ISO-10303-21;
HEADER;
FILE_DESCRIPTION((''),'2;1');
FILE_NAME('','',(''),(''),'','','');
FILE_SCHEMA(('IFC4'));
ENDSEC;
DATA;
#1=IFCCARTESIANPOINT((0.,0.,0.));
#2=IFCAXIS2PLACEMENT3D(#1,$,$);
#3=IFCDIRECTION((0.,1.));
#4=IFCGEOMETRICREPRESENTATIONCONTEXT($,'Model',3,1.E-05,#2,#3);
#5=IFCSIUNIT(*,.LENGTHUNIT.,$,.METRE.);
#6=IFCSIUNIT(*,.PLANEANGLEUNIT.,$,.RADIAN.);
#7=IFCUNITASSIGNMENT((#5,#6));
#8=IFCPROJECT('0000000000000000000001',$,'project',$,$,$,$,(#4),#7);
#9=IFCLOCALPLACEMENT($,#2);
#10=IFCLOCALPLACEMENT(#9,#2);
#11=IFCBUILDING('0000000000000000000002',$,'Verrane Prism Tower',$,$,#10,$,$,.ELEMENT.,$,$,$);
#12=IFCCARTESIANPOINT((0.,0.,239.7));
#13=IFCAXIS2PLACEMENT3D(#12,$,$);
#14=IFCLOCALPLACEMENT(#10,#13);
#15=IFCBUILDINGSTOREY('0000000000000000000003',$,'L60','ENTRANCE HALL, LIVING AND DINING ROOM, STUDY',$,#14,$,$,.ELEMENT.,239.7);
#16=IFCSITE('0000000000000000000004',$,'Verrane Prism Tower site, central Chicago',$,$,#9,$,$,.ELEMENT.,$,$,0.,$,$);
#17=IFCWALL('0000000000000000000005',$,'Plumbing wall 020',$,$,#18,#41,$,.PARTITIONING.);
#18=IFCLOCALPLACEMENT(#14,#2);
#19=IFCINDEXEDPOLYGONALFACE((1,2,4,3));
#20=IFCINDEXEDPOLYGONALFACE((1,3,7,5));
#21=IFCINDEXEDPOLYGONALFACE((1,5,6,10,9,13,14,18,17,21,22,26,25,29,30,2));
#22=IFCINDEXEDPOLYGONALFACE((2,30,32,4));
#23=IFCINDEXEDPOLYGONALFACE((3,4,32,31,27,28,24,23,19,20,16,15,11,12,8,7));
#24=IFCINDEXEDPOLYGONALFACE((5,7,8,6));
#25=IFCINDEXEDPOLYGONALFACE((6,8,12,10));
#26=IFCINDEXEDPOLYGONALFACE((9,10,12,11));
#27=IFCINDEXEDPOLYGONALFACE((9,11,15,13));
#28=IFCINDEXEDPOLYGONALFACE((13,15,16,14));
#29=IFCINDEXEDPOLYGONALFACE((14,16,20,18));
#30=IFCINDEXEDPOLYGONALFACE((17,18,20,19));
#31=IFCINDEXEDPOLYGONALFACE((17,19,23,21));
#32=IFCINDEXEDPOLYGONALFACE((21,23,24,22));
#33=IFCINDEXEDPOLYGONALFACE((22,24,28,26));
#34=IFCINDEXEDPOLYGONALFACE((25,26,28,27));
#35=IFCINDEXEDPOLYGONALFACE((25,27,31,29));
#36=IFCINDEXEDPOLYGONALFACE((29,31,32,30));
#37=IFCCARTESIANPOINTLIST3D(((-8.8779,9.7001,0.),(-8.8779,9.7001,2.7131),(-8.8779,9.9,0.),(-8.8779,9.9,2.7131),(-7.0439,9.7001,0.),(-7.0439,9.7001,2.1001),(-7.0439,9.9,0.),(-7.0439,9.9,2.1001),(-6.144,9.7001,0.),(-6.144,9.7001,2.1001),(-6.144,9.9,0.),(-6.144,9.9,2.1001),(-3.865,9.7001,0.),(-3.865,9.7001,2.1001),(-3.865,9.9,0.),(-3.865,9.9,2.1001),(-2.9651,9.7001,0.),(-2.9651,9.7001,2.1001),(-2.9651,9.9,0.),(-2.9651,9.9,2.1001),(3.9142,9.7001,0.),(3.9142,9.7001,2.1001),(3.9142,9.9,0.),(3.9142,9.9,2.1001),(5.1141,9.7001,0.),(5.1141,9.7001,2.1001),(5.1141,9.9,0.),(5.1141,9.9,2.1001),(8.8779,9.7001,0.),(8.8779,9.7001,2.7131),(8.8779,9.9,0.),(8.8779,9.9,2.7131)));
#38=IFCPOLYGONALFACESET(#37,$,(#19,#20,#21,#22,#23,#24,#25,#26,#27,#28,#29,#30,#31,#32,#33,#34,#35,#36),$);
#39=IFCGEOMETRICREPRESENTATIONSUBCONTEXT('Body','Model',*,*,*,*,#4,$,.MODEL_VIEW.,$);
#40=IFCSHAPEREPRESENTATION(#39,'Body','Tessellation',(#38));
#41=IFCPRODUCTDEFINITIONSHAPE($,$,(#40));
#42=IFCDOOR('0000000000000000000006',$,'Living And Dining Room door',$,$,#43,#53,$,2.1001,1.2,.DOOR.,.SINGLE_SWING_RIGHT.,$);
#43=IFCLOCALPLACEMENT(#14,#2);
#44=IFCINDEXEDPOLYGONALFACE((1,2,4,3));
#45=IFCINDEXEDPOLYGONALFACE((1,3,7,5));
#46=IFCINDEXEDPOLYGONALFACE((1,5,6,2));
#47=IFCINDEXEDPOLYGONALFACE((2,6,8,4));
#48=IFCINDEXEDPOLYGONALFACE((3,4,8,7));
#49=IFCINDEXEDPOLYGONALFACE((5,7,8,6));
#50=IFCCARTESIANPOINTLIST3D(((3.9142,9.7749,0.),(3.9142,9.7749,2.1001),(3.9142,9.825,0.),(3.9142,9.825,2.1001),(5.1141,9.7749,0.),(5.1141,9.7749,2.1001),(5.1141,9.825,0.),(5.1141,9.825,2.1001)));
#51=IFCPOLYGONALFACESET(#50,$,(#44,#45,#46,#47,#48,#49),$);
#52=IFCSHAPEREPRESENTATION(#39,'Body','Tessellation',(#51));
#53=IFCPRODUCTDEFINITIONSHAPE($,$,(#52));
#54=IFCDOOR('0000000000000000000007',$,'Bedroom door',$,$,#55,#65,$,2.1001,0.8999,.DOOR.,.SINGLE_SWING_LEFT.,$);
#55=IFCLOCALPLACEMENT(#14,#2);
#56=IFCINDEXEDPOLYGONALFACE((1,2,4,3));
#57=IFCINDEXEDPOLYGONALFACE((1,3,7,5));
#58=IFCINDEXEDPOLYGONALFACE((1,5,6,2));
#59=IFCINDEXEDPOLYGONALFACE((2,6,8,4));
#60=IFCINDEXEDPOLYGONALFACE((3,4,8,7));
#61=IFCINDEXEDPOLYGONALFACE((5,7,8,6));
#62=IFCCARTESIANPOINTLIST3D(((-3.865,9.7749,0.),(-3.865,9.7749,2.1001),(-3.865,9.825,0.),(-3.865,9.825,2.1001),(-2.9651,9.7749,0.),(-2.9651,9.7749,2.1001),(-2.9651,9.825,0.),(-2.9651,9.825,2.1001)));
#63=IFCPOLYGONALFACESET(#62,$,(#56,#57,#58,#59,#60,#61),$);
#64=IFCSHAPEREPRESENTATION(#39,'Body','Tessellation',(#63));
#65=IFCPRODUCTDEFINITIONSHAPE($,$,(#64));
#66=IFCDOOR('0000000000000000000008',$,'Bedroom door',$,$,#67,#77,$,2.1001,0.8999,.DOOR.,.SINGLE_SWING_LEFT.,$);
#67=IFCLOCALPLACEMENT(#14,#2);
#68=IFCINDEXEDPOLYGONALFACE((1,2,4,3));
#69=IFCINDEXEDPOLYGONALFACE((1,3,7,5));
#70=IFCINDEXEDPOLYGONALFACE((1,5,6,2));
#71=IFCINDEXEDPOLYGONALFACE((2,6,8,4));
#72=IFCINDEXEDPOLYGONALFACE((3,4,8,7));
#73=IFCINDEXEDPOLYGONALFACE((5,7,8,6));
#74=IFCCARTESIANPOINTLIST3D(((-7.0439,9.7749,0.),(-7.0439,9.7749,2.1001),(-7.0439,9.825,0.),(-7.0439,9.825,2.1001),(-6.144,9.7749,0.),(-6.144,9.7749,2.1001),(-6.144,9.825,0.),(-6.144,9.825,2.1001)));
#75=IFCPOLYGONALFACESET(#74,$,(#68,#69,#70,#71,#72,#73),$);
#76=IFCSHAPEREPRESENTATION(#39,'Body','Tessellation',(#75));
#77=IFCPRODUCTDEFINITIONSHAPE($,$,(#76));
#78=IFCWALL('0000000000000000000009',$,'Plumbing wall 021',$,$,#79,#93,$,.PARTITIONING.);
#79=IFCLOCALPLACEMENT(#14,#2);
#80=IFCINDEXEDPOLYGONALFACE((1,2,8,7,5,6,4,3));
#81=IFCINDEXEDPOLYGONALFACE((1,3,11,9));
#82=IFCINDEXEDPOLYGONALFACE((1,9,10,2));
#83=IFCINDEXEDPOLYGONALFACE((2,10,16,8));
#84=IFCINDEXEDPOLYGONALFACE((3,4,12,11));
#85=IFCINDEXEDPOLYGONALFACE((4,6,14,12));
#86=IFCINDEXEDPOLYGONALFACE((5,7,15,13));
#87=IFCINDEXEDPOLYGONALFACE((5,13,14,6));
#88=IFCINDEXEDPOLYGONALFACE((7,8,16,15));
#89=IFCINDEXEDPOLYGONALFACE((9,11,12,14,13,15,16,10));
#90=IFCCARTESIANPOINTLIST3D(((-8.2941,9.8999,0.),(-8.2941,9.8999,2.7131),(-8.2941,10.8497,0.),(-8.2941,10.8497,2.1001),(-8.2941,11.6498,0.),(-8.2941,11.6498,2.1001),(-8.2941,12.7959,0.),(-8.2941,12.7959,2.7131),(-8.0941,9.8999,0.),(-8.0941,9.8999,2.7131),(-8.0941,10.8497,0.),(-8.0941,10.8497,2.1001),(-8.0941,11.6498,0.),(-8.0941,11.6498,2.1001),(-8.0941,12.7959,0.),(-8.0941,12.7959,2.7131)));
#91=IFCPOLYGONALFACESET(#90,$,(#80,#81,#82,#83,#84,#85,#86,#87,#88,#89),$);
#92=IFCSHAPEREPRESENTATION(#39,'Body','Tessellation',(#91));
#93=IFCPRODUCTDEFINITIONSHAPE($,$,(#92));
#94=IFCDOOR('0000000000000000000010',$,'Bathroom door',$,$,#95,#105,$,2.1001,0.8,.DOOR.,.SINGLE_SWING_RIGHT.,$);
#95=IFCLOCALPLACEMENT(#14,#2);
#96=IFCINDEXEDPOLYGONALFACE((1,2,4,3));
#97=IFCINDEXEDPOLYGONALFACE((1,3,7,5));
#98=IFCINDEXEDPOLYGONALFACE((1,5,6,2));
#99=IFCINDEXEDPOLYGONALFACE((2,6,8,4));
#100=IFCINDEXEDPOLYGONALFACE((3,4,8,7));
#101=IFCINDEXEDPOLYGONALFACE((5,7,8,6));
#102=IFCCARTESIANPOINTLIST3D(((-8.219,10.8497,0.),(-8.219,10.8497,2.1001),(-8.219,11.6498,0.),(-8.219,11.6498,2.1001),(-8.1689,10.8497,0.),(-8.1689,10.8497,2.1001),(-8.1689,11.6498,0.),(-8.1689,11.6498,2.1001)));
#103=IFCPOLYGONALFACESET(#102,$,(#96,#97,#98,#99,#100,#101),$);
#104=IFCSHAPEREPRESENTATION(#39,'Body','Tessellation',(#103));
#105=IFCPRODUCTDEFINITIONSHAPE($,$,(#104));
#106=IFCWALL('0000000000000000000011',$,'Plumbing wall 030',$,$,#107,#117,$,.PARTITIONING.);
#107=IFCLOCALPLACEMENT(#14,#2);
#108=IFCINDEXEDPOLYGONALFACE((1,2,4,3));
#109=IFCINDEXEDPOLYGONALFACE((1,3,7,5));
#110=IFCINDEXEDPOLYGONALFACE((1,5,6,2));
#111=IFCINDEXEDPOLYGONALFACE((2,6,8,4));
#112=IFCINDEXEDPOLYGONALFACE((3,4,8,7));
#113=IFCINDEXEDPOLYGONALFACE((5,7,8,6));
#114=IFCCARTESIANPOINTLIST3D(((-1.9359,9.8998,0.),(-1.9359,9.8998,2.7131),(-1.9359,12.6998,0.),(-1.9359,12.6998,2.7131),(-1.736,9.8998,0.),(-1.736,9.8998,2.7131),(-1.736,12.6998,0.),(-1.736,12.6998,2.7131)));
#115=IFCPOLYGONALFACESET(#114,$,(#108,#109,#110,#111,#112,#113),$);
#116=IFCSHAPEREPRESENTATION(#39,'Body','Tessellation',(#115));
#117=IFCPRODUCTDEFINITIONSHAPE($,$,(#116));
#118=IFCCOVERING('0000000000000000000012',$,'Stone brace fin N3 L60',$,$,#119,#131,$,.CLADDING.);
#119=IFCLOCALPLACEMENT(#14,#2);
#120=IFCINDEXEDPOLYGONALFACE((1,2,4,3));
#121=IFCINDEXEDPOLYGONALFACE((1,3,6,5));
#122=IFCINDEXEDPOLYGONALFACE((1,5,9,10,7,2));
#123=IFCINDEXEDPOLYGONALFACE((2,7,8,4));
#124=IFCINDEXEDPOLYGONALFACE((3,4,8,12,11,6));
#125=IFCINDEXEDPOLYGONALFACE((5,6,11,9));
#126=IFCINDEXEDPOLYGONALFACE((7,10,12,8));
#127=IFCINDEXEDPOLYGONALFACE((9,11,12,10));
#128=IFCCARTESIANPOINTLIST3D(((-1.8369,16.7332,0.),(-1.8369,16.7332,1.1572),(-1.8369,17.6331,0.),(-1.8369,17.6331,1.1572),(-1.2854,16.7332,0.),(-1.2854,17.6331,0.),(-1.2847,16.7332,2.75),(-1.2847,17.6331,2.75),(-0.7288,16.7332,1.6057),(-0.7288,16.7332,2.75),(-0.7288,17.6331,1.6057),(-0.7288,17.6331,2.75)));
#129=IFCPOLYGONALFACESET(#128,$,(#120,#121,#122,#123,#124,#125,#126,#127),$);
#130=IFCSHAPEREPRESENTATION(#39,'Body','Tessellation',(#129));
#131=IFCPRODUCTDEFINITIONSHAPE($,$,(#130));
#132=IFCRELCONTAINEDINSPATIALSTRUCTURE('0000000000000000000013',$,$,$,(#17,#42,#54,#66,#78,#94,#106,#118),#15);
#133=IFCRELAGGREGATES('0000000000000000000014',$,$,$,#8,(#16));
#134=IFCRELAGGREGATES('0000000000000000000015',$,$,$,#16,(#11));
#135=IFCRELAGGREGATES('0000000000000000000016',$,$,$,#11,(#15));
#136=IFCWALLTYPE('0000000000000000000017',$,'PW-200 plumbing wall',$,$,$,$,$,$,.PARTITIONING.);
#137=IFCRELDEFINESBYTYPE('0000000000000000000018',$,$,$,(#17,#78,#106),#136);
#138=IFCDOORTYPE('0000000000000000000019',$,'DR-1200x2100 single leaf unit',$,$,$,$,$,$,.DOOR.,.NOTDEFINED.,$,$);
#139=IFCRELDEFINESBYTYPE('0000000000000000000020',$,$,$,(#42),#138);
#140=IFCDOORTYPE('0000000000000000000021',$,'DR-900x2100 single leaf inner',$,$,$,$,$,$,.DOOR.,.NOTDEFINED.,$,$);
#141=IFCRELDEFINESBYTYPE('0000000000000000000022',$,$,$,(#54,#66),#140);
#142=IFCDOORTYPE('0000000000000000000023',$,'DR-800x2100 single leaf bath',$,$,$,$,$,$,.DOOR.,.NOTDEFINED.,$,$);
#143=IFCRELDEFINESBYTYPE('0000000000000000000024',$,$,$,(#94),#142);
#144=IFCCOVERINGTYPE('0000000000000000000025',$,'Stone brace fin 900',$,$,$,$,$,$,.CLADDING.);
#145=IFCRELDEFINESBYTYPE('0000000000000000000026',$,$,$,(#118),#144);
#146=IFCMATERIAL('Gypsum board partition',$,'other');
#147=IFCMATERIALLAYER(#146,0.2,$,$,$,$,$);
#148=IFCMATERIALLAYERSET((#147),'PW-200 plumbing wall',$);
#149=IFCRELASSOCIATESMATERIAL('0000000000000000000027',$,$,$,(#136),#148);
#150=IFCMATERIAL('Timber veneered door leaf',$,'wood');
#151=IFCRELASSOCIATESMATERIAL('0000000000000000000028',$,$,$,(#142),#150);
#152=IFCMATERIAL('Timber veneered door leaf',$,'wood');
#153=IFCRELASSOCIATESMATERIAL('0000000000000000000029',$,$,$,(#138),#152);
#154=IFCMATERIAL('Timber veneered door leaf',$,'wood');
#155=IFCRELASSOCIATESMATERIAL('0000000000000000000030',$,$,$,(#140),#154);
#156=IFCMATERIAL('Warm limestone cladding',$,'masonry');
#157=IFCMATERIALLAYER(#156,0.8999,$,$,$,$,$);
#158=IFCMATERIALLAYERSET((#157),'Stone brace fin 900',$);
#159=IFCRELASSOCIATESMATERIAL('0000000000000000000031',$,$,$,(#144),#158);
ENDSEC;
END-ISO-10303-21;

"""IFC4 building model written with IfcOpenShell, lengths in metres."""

from ifc_helpers import new_model, si_unit, direction, frame, frame_2d, origin, place, context, subcontext, project, spatial, polyline, rectangle, outline, extrude, material, layer, layer_set, type_object, element, fill, save


model = new_model("IFC4")

# Units and contexts
model_context = context("Model", 3, precision=1e-05, world=origin(), true_north=direction((0.0, 1.0)))
body_context = subcontext(model_context, "Body", "Model", "MODEL_VIEW")
ifc_project = project(units=[si_unit("LENGTHUNIT", "METRE"), si_unit("PLANEANGLEUNIT", "RADIAN")], contexts=[model_context])

# Site, building, storey
site_placement = place(None, origin())
site = spatial("IfcSite", under=ifc_project, at=site_placement, Name="Verrane Prism Tower site, central Chicago", CompositionType="ELEMENT", RefElevation=0.0)
building_placement = place(site_placement, origin())
building = spatial("IfcBuilding", under=site, at=building_placement, Name="Verrane Prism Tower", CompositionType="ELEMENT")
storey_placement = place(building_placement, frame((0.0, 0.0, 239.7)))
storey = spatial("IfcBuildingStorey", under=building, at=storey_placement, Name="L60", Description="ENTRANCE HALL, LIVING AND DINING ROOM, STUDY", CompositionType="ELEMENT", Elevation=239.7)

# Shared definitions
ifc_material_1 = material(Name="Gypsum board partition", Category="other")
ifc_layer_1 = layer(ifc_material_1, 0.2)
ifc_layer_set_1 = layer_set([ifc_layer_1], Name="PW-200 plumbing wall")
wall_type_1 = type_object("IfcWallType", Name="PW-200 plumbing wall", PredefinedType="PARTITIONING", material=ifc_layer_set_1)

# Shared definitions
ifc_material_2 = material(Name="Timber veneered door leaf", Category="wood")
door_type_1 = type_object("IfcDoorType", Name="DR-800x2100 single leaf bath", OperationType="NOTDEFINED", PredefinedType="DOOR", material=ifc_material_2)

# Wall, openings, doors
wall_1_placement = place(storey_placement, frame((-8.8779, 9.8, 0.0), z_axis=(0.0, 0.0, 1.0), x_axis=(1.0, 0.0, 0.0)))
wall_1 = element("IfcWall", 1, at=wall_1_placement, inside=storey, type_object=wall_type_1, Name="Plumbing wall 020", PredefinedType="PARTITIONING", context=body_context, shape_type="SweptSolid", body=[
    extrude(rectangle(XDim=17.7559, YDim=0.2, at=frame_2d((8.8779, 0.0))), origin(), (0.0, 0.0, 1.0), 2.7131),
])
opening_1_placement = place(wall_1_placement, frame((12.792, 0.0, 0.0)))
opening_1 = element("IfcOpeningElement", 2, at=opening_1_placement, cuts=wall_1, PredefinedType="OPENING", context=body_context, shape_type="SweptSolid", body=[
    extrude(rectangle(XDim=1.2, YDim=2.1001, at=frame_2d((0.6001, 1.05))), frame((0.0, 0.1099, 0.0), z_axis=(0.0, -1.0, 0.0), x_axis=(1.0, 0.0, 0.0)), (0.0, 0.0, 1.0), 0.22),
])
opening_2_placement = place(wall_1_placement, frame((5.0129, 0.0, 0.0)))
opening_2 = element("IfcOpeningElement", 3, at=opening_2_placement, cuts=wall_1, PredefinedType="OPENING", context=body_context, shape_type="SweptSolid", body=[
    extrude(rectangle(XDim=0.8999, YDim=2.1001, at=frame_2d((0.45, 1.05))), frame((0.0, 0.1099, 0.0), z_axis=(0.0, -1.0, 0.0), x_axis=(1.0, 0.0, 0.0)), (0.0, 0.0, 1.0), 0.22),
])
opening_3_placement = place(wall_1_placement, frame((1.834, 0.0, 0.0)))
opening_3 = element("IfcOpeningElement", 4, at=opening_3_placement, cuts=wall_1, PredefinedType="OPENING", context=body_context, shape_type="SweptSolid", body=[
    extrude(rectangle(XDim=0.8999, YDim=2.1001, at=frame_2d((0.45, 1.05))), frame((0.0, 0.1099, 0.0), z_axis=(0.0, -1.0, 0.0), x_axis=(1.0, 0.0, 0.0)), (0.0, 0.0, 1.0), 0.22),
])
ifc_material_3 = material(Name="Timber veneered door leaf", Category="wood")
door_type_2 = type_object("IfcDoorType", Name="DR-1200x2100 single leaf unit", OperationType="NOTDEFINED", PredefinedType="DOOR", material=ifc_material_3)
door_1_placement = place(opening_1_placement, origin())
door_1 = element("IfcDoor", 5, at=door_1_placement, inside=storey, type_object=door_type_2, Name="Living And Dining Room door", OperationType="SINGLE_SWING_RIGHT", OverallHeight=2.1001, OverallWidth=1.2, PredefinedType="DOOR", context=body_context, shape_type="SweptSolid", body=[
    extrude(rectangle(XDim=1.2, YDim=2.1001, at=frame_2d((0.6001, 1.05))), frame((0.0, 0.0249, 0.0), z_axis=(0.0, -1.0, 0.0), x_axis=(1.0, 0.0, 0.0)), (0.0, 0.0, 1.0), 0.05),
])
fill(opening_1, door_1)
ifc_material_4 = material(Name="Timber veneered door leaf", Category="wood")
door_type_3 = type_object("IfcDoorType", Name="DR-900x2100 single leaf inner", OperationType="NOTDEFINED", PredefinedType="DOOR", material=ifc_material_4)
door_2_placement = place(opening_2_placement, origin())
door_2 = element("IfcDoor", 6, at=door_2_placement, inside=storey, type_object=door_type_3, Name="Bedroom door", OperationType="SINGLE_SWING_LEFT", OverallHeight=2.1001, OverallWidth=0.8999, PredefinedType="DOOR", context=body_context, shape_type="SweptSolid", body=[
    extrude(rectangle(XDim=0.8999, YDim=2.1001, at=frame_2d((0.45, 1.05))), frame((0.0, 0.0249, 0.0), z_axis=(0.0, -1.0, 0.0), x_axis=(1.0, 0.0, 0.0)), (0.0, 0.0, 1.0), 0.05),
])
fill(opening_2, door_2)
door_3_placement = place(opening_3_placement, origin())
door_3 = element("IfcDoor", 7, at=door_3_placement, inside=storey, type_object=door_type_3, Name="Bedroom door", OperationType="SINGLE_SWING_LEFT", OverallHeight=2.1001, OverallWidth=0.8999, PredefinedType="DOOR", context=body_context, shape_type="SweptSolid", body=[
    extrude(rectangle(XDim=0.8999, YDim=2.1001, at=frame_2d((0.45, 1.05))), frame((0.0, 0.0249, 0.0), z_axis=(0.0, -1.0, 0.0), x_axis=(1.0, 0.0, 0.0)), (0.0, 0.0, 1.0), 0.05),
])
fill(opening_3, door_3)

# Wall, opening, door
wall_2_placement = place(storey_placement, frame((-8.1941, 9.8999, 0.0), z_axis=(0.0, 0.0, 1.0), x_axis=(0.0, 1.0, 0.0)))
wall_2 = element("IfcWall", 8, at=wall_2_placement, inside=storey, type_object=wall_type_1, Name="Plumbing wall 021", PredefinedType="PARTITIONING", context=body_context, shape_type="SweptSolid", body=[
    extrude(rectangle(XDim=2.896, YDim=0.2, at=frame_2d((1.448, 0.0))), origin(), (0.0, 0.0, 1.0), 2.7131),
])
opening_4_placement = place(wall_2_placement, frame((0.95, 0.0, 0.0)))
opening_4 = element("IfcOpeningElement", 9, at=opening_4_placement, cuts=wall_2, PredefinedType="OPENING", context=body_context, shape_type="SweptSolid", body=[
    extrude(rectangle(XDim=0.8, YDim=2.1001, at=frame_2d((0.3999, 1.05))), frame((0.0, 0.1099, 0.0), z_axis=(0.0, -1.0, 0.0), x_axis=(1.0, 0.0, 0.0)), (0.0, 0.0, 1.0), 0.22),
])
door_4_placement = place(opening_4_placement, origin())
door_4 = element("IfcDoor", 10, at=door_4_placement, inside=storey, type_object=door_type_1, Name="Bathroom door", OperationType="SINGLE_SWING_RIGHT", OverallHeight=2.1001, OverallWidth=0.8, PredefinedType="DOOR", context=body_context, shape_type="SweptSolid", body=[
    extrude(rectangle(XDim=0.8, YDim=2.1001, at=frame_2d((0.3999, 1.05))), frame((0.0, 0.0249, 0.0), z_axis=(0.0, -1.0, 0.0), x_axis=(1.0, 0.0, 0.0)), (0.0, 0.0, 1.0), 0.05),
])
fill(opening_4, door_4)

# Wall
wall_3_placement = place(storey_placement, frame((-1.8359, 9.8999, 0.0), z_axis=(0.0, 0.0, 1.0), x_axis=(0.0, 1.0, 0.0)))
element("IfcWall", 11, at=wall_3_placement, inside=storey, type_object=wall_type_1, Name="Plumbing wall 030", PredefinedType="PARTITIONING", context=body_context, shape_type="SweptSolid", body=[
    extrude(rectangle(XDim=2.8, YDim=0.2, at=frame_2d((1.3999, 0.0))), origin(), (0.0, 0.0, 1.0), 2.7131),
])

# Covering
ifc_material_5 = material(Name="Warm limestone cladding", Category="masonry")
ifc_layer_2 = layer(ifc_material_5, 0.8999)
ifc_layer_set_2 = layer_set([ifc_layer_2], Name="Stone brace fin 900")
covering_type = type_object("IfcCoveringType", Name="Stone brace fin 900", PredefinedType="CLADDING", material=ifc_layer_set_2)
covering_placement = place(storey_placement, frame((-1.8369, 17.1831, 0.0), z_axis=(0.0, 0.0, 1.0), x_axis=(1.0, 0.0, 0.0)))
element("IfcCovering", 12, at=covering_placement, inside=storey, type_object=covering_type, Name="Stone brace fin N3 L60", PredefinedType="CLADDING", context=body_context, shape_type="SweptSolid", body=[
    extrude(outline(polyline([(1.1082, 2.75), (0.5522, 2.75), (0.0, 1.1572), (0.0, 0.0), (0.5515, 0.0), (1.1082, 1.6057), (1.1082, 2.75)])), frame((0.0, 0.45, 0.0), z_axis=(0.0, -1.0, 0.0), x_axis=(1.0, 0.0, 0.0)), (0.0, 0.0, 1.0), 0.8999),
])

save(model, "model.ifc")
